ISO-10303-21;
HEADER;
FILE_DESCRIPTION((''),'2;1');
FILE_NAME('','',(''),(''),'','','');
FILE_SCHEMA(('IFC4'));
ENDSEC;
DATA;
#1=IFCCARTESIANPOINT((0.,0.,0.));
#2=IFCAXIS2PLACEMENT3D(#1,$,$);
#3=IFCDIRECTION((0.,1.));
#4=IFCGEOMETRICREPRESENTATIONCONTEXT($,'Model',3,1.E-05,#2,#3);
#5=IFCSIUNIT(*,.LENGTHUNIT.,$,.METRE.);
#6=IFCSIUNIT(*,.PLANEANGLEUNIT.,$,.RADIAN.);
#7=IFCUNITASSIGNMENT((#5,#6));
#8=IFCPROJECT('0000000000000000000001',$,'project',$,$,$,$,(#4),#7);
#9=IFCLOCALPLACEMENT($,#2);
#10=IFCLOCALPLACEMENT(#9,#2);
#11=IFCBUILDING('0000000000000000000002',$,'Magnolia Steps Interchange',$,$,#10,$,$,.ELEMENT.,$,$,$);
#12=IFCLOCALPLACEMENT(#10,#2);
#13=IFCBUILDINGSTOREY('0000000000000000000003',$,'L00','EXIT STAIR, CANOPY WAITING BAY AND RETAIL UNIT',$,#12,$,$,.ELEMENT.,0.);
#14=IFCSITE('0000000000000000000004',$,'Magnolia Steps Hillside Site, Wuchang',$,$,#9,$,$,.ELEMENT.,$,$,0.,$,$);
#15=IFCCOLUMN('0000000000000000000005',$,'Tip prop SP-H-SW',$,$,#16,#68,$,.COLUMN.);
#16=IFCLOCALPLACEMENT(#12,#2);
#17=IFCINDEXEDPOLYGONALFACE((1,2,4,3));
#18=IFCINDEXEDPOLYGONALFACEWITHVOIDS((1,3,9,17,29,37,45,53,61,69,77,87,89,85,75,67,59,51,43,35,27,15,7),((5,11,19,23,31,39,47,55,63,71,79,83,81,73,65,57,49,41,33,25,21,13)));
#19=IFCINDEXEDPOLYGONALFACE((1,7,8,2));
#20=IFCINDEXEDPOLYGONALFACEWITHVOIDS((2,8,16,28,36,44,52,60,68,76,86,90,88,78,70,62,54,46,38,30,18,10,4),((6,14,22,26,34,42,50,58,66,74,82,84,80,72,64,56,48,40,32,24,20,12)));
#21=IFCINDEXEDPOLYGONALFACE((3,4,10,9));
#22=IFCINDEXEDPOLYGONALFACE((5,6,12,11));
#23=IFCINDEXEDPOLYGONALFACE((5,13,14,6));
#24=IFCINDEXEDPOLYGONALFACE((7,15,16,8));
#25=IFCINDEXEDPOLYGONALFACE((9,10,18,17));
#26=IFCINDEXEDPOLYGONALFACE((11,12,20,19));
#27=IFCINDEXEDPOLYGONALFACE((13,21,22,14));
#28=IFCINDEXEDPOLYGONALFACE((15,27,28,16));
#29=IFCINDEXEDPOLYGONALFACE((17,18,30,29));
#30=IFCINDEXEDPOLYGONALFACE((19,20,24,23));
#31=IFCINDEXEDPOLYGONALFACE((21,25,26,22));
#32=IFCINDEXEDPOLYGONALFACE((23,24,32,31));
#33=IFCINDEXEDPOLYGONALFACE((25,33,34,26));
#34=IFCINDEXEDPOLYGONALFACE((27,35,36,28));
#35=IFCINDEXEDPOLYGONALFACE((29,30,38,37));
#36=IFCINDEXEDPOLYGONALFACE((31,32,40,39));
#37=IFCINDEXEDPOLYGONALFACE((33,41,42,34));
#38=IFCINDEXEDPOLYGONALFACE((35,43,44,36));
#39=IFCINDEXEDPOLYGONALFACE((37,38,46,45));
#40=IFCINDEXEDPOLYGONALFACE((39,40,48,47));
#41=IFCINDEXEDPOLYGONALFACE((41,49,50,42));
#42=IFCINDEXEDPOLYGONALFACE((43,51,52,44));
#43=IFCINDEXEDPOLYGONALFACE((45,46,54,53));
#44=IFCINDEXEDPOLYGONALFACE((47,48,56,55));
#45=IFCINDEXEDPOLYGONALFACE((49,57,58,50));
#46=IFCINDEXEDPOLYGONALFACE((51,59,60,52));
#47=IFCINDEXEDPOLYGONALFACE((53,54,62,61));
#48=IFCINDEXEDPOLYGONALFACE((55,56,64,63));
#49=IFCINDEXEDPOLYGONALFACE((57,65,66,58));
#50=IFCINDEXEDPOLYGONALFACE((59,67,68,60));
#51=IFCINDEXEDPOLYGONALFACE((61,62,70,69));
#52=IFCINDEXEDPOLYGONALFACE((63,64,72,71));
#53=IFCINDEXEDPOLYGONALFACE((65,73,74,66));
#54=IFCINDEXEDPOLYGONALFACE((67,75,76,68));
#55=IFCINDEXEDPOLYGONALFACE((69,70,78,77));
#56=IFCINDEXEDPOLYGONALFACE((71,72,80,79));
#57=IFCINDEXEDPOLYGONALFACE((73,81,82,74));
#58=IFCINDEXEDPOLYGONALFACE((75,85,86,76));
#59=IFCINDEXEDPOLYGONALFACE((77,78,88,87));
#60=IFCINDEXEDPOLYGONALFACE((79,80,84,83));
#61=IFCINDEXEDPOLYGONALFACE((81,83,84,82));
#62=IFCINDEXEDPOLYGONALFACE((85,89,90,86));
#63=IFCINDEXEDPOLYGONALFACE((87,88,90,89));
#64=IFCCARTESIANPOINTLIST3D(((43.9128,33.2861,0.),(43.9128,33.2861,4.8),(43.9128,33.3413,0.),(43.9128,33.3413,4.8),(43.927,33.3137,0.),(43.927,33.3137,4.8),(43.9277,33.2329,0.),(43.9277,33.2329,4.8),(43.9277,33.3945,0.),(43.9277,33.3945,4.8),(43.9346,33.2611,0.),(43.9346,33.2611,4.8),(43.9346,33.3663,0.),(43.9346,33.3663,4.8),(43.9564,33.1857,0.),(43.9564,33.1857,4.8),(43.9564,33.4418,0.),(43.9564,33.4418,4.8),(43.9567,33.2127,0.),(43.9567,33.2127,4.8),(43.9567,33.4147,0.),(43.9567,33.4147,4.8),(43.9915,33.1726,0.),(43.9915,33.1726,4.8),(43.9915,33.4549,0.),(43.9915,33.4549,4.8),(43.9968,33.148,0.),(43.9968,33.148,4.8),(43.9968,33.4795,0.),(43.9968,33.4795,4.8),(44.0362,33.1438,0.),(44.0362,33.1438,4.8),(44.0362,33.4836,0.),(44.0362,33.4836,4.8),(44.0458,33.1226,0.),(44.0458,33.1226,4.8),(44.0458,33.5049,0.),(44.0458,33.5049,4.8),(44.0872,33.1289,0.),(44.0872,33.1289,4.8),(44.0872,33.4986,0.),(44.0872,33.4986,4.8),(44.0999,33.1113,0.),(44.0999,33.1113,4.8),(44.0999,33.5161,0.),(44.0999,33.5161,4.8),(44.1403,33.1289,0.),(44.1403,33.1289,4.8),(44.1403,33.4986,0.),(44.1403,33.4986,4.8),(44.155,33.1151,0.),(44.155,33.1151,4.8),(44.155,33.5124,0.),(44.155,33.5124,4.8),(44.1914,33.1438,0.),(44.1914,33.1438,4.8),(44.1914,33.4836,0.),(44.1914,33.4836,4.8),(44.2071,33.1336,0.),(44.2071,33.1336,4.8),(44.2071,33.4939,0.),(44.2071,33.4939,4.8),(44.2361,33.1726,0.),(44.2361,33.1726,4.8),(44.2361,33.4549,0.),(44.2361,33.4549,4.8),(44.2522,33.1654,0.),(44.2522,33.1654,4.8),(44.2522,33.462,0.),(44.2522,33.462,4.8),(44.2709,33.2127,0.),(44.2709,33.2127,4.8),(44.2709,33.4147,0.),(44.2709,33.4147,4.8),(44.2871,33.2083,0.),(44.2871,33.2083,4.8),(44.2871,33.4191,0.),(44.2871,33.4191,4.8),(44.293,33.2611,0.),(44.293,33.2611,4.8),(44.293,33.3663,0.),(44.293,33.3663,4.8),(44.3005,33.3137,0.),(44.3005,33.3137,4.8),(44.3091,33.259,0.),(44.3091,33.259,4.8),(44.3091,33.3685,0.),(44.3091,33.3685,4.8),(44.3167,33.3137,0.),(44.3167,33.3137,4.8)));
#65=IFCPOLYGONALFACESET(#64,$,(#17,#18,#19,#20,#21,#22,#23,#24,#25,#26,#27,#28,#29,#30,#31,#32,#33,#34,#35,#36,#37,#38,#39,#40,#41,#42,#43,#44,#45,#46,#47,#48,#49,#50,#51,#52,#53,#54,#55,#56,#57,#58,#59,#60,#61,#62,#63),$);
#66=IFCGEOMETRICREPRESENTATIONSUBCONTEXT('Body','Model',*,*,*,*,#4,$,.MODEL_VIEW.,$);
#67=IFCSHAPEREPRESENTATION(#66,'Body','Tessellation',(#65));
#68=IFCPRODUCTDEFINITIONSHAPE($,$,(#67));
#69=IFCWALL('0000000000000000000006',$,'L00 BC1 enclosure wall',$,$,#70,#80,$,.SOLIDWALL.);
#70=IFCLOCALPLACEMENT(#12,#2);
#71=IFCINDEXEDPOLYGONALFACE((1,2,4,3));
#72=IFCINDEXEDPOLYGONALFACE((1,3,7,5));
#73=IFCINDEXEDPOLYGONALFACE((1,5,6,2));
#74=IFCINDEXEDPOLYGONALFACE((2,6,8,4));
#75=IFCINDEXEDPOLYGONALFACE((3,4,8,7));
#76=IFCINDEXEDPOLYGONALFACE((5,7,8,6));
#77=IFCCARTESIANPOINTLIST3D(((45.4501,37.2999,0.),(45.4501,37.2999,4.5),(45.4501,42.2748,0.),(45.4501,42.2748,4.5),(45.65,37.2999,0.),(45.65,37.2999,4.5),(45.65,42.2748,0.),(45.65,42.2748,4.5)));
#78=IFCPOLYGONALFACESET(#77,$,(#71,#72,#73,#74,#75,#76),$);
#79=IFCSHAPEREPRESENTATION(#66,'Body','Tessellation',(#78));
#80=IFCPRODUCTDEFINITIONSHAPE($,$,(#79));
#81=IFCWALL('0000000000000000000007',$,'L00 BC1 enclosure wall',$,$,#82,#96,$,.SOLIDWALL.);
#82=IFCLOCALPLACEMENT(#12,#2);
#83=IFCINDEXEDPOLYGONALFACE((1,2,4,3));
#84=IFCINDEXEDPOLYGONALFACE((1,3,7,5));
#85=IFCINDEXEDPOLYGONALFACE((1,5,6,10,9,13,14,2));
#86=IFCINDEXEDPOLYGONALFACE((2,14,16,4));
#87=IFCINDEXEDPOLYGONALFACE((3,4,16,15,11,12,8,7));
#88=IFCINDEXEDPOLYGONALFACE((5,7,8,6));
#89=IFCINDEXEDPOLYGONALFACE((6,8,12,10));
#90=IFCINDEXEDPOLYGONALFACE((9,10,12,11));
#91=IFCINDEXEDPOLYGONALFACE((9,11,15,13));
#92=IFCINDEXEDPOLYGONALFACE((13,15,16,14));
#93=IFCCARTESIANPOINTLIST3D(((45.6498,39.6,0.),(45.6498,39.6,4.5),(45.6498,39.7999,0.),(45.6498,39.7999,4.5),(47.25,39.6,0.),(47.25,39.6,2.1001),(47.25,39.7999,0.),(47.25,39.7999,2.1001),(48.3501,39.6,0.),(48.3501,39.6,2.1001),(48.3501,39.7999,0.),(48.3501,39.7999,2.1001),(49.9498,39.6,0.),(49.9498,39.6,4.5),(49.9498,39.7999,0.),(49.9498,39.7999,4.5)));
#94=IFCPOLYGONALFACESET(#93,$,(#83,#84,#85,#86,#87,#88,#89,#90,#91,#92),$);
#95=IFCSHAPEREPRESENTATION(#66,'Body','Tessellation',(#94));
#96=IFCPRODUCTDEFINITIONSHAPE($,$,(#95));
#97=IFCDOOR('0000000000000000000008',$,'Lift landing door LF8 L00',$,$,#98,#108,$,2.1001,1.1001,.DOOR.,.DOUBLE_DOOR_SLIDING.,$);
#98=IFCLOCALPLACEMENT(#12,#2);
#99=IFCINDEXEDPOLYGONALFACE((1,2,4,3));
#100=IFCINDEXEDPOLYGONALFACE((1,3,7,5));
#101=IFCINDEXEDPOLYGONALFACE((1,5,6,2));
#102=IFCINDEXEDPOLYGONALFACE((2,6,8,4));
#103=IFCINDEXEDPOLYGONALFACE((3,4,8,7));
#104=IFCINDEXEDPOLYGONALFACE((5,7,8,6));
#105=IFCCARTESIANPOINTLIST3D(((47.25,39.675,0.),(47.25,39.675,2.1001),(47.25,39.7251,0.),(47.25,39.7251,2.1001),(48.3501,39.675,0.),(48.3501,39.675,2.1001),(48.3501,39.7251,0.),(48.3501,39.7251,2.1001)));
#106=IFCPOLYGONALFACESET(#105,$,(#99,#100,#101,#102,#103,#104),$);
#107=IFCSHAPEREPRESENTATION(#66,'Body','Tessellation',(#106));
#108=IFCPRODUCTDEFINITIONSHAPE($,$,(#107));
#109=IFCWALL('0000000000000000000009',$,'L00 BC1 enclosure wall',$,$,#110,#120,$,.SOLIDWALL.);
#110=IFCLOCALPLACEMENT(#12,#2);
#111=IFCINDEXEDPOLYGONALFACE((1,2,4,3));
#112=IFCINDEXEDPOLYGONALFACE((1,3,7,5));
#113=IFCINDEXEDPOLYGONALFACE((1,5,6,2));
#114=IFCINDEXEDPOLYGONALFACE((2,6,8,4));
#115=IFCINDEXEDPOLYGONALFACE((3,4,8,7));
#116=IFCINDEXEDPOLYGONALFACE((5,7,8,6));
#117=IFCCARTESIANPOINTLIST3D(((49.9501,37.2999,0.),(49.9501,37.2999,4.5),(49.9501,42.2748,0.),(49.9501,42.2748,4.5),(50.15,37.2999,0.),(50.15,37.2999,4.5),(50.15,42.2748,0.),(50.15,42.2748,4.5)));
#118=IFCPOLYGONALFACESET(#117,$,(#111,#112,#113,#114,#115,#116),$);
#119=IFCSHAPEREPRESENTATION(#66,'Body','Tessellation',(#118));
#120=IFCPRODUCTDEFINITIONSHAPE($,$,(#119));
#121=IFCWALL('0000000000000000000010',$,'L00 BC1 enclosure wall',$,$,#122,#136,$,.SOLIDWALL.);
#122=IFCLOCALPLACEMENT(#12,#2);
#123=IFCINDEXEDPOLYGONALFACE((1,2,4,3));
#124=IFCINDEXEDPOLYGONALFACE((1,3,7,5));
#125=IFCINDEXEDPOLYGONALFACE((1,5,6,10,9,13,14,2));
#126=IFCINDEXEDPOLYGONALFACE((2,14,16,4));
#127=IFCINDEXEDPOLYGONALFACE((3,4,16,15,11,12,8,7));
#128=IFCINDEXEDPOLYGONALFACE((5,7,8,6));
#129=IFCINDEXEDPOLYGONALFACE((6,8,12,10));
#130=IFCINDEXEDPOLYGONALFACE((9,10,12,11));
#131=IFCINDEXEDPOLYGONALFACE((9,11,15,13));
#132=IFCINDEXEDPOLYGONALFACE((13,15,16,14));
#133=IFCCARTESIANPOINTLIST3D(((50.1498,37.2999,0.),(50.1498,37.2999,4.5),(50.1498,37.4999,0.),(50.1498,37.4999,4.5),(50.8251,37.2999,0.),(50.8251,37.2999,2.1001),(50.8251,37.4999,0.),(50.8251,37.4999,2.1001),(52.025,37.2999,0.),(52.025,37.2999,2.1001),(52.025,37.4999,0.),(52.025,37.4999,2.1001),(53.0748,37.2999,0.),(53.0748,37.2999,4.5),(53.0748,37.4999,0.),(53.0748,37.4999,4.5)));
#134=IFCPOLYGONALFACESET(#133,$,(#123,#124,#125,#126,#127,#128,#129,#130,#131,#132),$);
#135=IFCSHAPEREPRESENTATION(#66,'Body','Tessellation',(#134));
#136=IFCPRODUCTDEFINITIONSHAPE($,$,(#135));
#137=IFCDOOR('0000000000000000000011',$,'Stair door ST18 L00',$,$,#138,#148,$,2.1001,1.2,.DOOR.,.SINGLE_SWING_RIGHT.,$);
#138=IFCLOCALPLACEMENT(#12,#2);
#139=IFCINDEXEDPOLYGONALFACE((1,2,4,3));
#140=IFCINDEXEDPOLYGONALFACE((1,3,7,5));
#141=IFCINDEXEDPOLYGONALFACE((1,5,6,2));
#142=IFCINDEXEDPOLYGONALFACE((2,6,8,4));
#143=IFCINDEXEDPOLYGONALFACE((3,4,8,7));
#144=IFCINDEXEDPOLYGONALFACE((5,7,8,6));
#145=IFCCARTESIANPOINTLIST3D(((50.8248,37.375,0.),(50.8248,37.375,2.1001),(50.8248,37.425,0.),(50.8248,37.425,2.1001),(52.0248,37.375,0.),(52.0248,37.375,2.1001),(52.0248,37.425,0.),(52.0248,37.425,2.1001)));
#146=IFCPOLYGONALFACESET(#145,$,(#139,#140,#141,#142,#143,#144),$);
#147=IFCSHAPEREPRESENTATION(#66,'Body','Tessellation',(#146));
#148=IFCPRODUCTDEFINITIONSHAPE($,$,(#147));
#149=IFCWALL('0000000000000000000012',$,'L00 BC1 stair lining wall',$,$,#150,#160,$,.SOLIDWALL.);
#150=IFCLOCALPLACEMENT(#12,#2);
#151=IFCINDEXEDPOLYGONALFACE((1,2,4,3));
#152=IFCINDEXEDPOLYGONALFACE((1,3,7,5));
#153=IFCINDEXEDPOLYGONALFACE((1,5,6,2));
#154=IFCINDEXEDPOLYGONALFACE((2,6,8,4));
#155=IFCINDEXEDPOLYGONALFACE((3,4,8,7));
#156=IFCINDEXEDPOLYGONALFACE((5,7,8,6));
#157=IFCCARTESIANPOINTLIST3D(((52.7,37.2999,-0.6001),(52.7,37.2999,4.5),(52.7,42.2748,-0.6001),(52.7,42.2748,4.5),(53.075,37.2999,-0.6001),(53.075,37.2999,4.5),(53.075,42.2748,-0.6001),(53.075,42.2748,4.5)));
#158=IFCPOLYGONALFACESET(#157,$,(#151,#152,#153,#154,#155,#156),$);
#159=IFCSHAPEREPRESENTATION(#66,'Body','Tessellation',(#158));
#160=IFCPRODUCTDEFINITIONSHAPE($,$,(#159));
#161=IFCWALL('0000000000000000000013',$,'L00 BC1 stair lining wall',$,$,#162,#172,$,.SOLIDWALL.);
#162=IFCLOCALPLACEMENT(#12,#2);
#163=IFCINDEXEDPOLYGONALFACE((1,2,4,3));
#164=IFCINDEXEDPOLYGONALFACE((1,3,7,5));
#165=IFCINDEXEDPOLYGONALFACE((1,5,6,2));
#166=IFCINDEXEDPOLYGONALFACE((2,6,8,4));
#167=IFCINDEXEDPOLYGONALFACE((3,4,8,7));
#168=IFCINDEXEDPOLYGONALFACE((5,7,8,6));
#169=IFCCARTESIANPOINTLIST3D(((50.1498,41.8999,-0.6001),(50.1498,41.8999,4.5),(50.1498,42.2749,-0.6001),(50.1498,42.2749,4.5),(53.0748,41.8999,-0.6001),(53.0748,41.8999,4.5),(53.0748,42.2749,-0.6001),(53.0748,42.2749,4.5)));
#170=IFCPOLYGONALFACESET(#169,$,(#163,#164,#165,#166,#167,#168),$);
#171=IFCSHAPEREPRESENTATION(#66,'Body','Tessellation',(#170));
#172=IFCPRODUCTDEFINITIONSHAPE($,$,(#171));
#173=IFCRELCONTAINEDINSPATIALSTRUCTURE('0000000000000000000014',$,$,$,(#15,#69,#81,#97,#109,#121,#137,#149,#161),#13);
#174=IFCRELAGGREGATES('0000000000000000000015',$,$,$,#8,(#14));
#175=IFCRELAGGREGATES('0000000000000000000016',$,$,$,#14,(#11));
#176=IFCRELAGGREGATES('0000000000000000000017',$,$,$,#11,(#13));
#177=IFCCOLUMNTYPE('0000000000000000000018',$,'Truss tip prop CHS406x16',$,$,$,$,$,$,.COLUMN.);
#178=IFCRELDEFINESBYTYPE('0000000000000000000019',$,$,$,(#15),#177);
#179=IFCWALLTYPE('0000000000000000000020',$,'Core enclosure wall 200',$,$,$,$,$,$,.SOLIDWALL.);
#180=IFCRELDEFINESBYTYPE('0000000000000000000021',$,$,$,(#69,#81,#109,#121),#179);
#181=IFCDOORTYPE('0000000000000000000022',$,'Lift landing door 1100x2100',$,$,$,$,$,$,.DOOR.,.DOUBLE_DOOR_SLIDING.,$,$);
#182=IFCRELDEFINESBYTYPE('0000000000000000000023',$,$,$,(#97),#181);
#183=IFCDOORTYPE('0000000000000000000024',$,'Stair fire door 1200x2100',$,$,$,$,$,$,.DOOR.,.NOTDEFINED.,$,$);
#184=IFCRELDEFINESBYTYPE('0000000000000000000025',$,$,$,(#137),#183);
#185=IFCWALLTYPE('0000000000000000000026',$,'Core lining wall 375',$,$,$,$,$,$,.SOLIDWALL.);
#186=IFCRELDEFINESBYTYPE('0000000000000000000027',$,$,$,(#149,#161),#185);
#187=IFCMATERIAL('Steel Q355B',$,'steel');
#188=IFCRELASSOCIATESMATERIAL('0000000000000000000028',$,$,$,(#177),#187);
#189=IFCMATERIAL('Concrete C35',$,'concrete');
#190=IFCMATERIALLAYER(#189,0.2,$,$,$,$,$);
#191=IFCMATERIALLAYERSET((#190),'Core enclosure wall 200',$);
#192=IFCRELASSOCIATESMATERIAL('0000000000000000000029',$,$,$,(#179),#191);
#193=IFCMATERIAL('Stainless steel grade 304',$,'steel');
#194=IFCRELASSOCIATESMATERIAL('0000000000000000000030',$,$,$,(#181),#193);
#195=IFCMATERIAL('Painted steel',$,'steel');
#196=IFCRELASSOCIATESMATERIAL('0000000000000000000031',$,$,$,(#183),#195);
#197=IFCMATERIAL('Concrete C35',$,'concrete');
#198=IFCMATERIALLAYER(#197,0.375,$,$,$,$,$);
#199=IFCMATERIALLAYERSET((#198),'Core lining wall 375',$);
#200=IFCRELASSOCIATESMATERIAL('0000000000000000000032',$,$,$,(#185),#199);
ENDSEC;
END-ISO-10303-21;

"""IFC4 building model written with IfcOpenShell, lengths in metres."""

from ifc_helpers import new_model, si_unit, direction, frame, frame_2d, origin, origin_2d, place, context, subcontext, project, spatial, rectangle, hollow_circle, extrude, material, layer, layer_set, material_profile, profile_set, type_object, element, fill, save


model = new_model("IFC4")

# Units and contexts
model_context = context("Model", 3, precision=1e-05, world=origin(), true_north=direction((0.0, 1.0)))
body_context = subcontext(model_context, "Body", "Model", "MODEL_VIEW")
ifc_project = project(units=[si_unit("LENGTHUNIT", "METRE"), si_unit("PLANEANGLEUNIT", "RADIAN")], contexts=[model_context])

# Site, building, storey
site_placement = place(None, origin())
site = spatial("IfcSite", under=ifc_project, at=site_placement, Name="Magnolia Steps Hillside Site, Wuchang", CompositionType="ELEMENT", RefElevation=0.0)
building_placement = place(site_placement, origin())
building = spatial("IfcBuilding", under=site, at=building_placement, Name="Magnolia Steps Interchange", CompositionType="ELEMENT")
storey_placement = place(building_placement, origin())
storey = spatial("IfcBuildingStorey", under=building, at=storey_placement, Name="L00", Description="EXIT STAIR, CANOPY WAITING BAY AND RETAIL UNIT", CompositionType="ELEMENT", Elevation=0.0)

# Column
ifc_material_1 = material(Name="Steel Q355B", Category="steel")
ifc_material_profile_1 = material_profile(ifc_material_1, hollow_circle(Radius=0.2029, WallThickness=0.0161, at=origin_2d()), Name="CHS406x16")
ifc_profile_set_1 = profile_set([ifc_material_profile_1], Name="Steel Q355B")
column_type_1 = type_object("IfcColumnType", Name="Truss tip prop CHS406x16", PredefinedType="COLUMN", material=ifc_profile_set_1)
column_1_placement = place(storey_placement, frame((44.1138, 33.3137, 0.0), z_axis=(0.0, 0.0, 1.0), x_axis=(1.0, 0.0, 0.0)))
element("IfcColumn", 1, at=column_1_placement, inside=storey, type_object=column_type_1, Name="Tip prop SP-H-SW", PredefinedType="COLUMN", context=body_context, shape_type="SweptSolid", body=[
    extrude(hollow_circle(Radius=0.2029, WallThickness=0.0161, at=origin_2d()), origin(), (0.0, 0.0, 1.0), 4.8),
])

# Wall
ifc_material_2 = material(Name="Concrete C35", Category="concrete")
ifc_layer_1 = layer(ifc_material_2, 0.2)
ifc_layer_set_1 = layer_set([ifc_layer_1], Name="Core enclosure wall 200")
wall_type_1 = type_object("IfcWallType", Name="Core enclosure wall 200", PredefinedType="SOLIDWALL", material=ifc_layer_set_1)
wall_1_placement = place(storey_placement, frame((45.55, 37.3, 0.0), z_axis=(0.0, 0.0, 1.0), x_axis=(0.0, 1.0, 0.0)))
element("IfcWall", 2, at=wall_1_placement, inside=storey, type_object=wall_type_1, Name="L00 BC1 enclosure wall", PredefinedType="SOLIDWALL", context=body_context, shape_type="SweptSolid", body=[
    extrude(rectangle(XDim=4.9749, YDim=0.2, at=frame_2d((2.4873, 0.0))), origin(), (0.0, 0.0, 1.0), 4.5),
])

# Wall, opening, door
wall_2_placement = place(storey_placement, frame((45.6499, 39.7, 0.0), z_axis=(0.0, 0.0, 1.0), x_axis=(1.0, 0.0, 0.0)))
wall_2 = element("IfcWall", 3, at=wall_2_placement, inside=storey, type_object=wall_type_1, Name="L00 BC1 enclosure wall", PredefinedType="SOLIDWALL", context=body_context, shape_type="SweptSolid", body=[
    extrude(rectangle(XDim=4.3, YDim=0.2, at=frame_2d((2.1499, 0.0))), origin(), (0.0, 0.0, 1.0), 4.5),
])
opening_1_placement = place(wall_2_placement, frame((1.6001, 0.0, 0.0)))
opening_1 = element("IfcOpeningElement", 4, at=opening_1_placement, cuts=wall_2, PredefinedType="OPENING", context=body_context, shape_type="SweptSolid", body=[
    extrude(rectangle(XDim=1.1001, YDim=2.1001, at=frame_2d((0.55, 1.05))), frame((0.0, 0.1099, 0.0), z_axis=(0.0, -1.0, 0.0), x_axis=(1.0, 0.0, 0.0)), (0.0, 0.0, 1.0), 0.22),
])
ifc_material_3 = material(Name="Stainless steel grade 304", Category="steel")
door_type_1 = type_object("IfcDoorType", Name="Lift landing door 1100x2100", OperationType="DOUBLE_DOOR_SLIDING", PredefinedType="DOOR", material=ifc_material_3)
door_1_placement = place(opening_1_placement, frame((1.1001, 0.0, 0.0), z_axis=(0.0, 0.0, 1.0), x_axis=(-1.0, 0.0, 0.0)))
door_1 = element("IfcDoor", 5, at=door_1_placement, inside=storey, type_object=door_type_1, Name="Lift landing door LF8 L00", OperationType="DOUBLE_DOOR_SLIDING", OverallHeight=2.1001, OverallWidth=1.1001, PredefinedType="DOOR", context=body_context, shape_type="SweptSolid", body=[
    extrude(rectangle(XDim=1.1001, YDim=2.1001, at=frame_2d((0.55, 1.05))), frame((0.0, 0.0249, 0.0), z_axis=(0.0, -1.0, 0.0), x_axis=(1.0, 0.0, 0.0)), (0.0, 0.0, 1.0), 0.05),
])
fill(opening_1, door_1)

# Wall
wall_3_placement = place(storey_placement, frame((50.05, 37.3, 0.0), z_axis=(0.0, 0.0, 1.0), x_axis=(0.0, 1.0, 0.0)))
element("IfcWall", 6, at=wall_3_placement, inside=storey, type_object=wall_type_1, Name="L00 BC1 enclosure wall", PredefinedType="SOLIDWALL", context=body_context, shape_type="SweptSolid", body=[
    extrude(rectangle(XDim=4.9749, YDim=0.2, at=frame_2d((2.4873, 0.0))), origin(), (0.0, 0.0, 1.0), 4.5),
])

# Wall, opening, door
wall_4_placement = place(storey_placement, frame((50.1499, 37.3999, 0.0), z_axis=(0.0, 0.0, 1.0), x_axis=(1.0, 0.0, 0.0)))
wall_4 = element("IfcWall", 7, at=wall_4_placement, inside=storey, type_object=wall_type_1, Name="L00 BC1 enclosure wall", PredefinedType="SOLIDWALL", context=body_context, shape_type="SweptSolid", body=[
    extrude(rectangle(XDim=2.925, YDim=0.2, at=frame_2d((1.4624, 0.0))), origin(), (0.0, 0.0, 1.0), 4.5),
])
opening_2_placement = place(wall_4_placement, frame((0.675, 0.0, 0.0)))
opening_2 = element("IfcOpeningElement", 8, at=opening_2_placement, cuts=wall_4, PredefinedType="OPENING", context=body_context, shape_type="SweptSolid", body=[
    extrude(rectangle(XDim=1.2, YDim=2.1001, at=frame_2d((0.6001, 1.05))), frame((0.0, 0.1099, 0.0), z_axis=(0.0, -1.0, 0.0), x_axis=(1.0, 0.0, 0.0)), (0.0, 0.0, 1.0), 0.22),
])
ifc_material_4 = material(Name="Painted steel", Category="steel")
door_type_2 = type_object("IfcDoorType", Name="Stair fire door 1200x2100", OperationType="NOTDEFINED", PredefinedType="DOOR", material=ifc_material_4)
door_2_placement = place(opening_2_placement, frame((1.2, 0.0, 0.0), z_axis=(0.0, 0.0, 1.0), x_axis=(-1.0, 0.0, 0.0)))
door_2 = element("IfcDoor", 9, at=door_2_placement, inside=storey, type_object=door_type_2, Name="Stair door ST18 L00", OperationType="SINGLE_SWING_RIGHT", OverallHeight=2.1001, OverallWidth=1.2, PredefinedType="DOOR", context=body_context, shape_type="SweptSolid", body=[
    extrude(rectangle(XDim=1.2, YDim=2.1001, at=frame_2d((0.6001, 1.05))), frame((0.0, 0.0249, 0.0), z_axis=(0.0, -1.0, 0.0), x_axis=(1.0, 0.0, 0.0)), (0.0, 0.0, 1.0), 0.05),
])
fill(opening_2, door_2)

# Walls
ifc_material_5 = material(Name="Concrete C35", Category="concrete")
ifc_layer_2 = layer(ifc_material_5, 0.375)
ifc_layer_set_2 = layer_set([ifc_layer_2], Name="Core lining wall 375")
wall_type_2 = type_object("IfcWallType", Name="Core lining wall 375", PredefinedType="SOLIDWALL", material=ifc_layer_set_2)
wall_5_placement = place(storey_placement, frame((52.8875, 37.3, -0.6001), z_axis=(0.0, 0.0, 1.0), x_axis=(0.0, 1.0, 0.0)))
element("IfcWall", 10, at=wall_5_placement, inside=storey, type_object=wall_type_2, Name="L00 BC1 stair lining wall", PredefinedType="SOLIDWALL", context=body_context, shape_type="SweptSolid", body=[
    extrude(rectangle(XDim=4.9749, YDim=0.375, at=frame_2d((2.4873, 0.0))), origin(), (0.0, 0.0, 1.0), 5.1001),
])
wall_6_placement = place(storey_placement, frame((50.1499, 42.0874, -0.6001), z_axis=(0.0, 0.0, 1.0), x_axis=(1.0, 0.0, 0.0)))
element("IfcWall", 11, at=wall_6_placement, inside=storey, type_object=wall_type_2, Name="L00 BC1 stair lining wall", PredefinedType="SOLIDWALL", context=body_context, shape_type="SweptSolid", body=[
    extrude(rectangle(XDim=2.925, YDim=0.375, at=frame_2d((1.4624, 0.0))), origin(), (0.0, 0.0, 1.0), 5.1001),
])

save(model, "model.ifc")
